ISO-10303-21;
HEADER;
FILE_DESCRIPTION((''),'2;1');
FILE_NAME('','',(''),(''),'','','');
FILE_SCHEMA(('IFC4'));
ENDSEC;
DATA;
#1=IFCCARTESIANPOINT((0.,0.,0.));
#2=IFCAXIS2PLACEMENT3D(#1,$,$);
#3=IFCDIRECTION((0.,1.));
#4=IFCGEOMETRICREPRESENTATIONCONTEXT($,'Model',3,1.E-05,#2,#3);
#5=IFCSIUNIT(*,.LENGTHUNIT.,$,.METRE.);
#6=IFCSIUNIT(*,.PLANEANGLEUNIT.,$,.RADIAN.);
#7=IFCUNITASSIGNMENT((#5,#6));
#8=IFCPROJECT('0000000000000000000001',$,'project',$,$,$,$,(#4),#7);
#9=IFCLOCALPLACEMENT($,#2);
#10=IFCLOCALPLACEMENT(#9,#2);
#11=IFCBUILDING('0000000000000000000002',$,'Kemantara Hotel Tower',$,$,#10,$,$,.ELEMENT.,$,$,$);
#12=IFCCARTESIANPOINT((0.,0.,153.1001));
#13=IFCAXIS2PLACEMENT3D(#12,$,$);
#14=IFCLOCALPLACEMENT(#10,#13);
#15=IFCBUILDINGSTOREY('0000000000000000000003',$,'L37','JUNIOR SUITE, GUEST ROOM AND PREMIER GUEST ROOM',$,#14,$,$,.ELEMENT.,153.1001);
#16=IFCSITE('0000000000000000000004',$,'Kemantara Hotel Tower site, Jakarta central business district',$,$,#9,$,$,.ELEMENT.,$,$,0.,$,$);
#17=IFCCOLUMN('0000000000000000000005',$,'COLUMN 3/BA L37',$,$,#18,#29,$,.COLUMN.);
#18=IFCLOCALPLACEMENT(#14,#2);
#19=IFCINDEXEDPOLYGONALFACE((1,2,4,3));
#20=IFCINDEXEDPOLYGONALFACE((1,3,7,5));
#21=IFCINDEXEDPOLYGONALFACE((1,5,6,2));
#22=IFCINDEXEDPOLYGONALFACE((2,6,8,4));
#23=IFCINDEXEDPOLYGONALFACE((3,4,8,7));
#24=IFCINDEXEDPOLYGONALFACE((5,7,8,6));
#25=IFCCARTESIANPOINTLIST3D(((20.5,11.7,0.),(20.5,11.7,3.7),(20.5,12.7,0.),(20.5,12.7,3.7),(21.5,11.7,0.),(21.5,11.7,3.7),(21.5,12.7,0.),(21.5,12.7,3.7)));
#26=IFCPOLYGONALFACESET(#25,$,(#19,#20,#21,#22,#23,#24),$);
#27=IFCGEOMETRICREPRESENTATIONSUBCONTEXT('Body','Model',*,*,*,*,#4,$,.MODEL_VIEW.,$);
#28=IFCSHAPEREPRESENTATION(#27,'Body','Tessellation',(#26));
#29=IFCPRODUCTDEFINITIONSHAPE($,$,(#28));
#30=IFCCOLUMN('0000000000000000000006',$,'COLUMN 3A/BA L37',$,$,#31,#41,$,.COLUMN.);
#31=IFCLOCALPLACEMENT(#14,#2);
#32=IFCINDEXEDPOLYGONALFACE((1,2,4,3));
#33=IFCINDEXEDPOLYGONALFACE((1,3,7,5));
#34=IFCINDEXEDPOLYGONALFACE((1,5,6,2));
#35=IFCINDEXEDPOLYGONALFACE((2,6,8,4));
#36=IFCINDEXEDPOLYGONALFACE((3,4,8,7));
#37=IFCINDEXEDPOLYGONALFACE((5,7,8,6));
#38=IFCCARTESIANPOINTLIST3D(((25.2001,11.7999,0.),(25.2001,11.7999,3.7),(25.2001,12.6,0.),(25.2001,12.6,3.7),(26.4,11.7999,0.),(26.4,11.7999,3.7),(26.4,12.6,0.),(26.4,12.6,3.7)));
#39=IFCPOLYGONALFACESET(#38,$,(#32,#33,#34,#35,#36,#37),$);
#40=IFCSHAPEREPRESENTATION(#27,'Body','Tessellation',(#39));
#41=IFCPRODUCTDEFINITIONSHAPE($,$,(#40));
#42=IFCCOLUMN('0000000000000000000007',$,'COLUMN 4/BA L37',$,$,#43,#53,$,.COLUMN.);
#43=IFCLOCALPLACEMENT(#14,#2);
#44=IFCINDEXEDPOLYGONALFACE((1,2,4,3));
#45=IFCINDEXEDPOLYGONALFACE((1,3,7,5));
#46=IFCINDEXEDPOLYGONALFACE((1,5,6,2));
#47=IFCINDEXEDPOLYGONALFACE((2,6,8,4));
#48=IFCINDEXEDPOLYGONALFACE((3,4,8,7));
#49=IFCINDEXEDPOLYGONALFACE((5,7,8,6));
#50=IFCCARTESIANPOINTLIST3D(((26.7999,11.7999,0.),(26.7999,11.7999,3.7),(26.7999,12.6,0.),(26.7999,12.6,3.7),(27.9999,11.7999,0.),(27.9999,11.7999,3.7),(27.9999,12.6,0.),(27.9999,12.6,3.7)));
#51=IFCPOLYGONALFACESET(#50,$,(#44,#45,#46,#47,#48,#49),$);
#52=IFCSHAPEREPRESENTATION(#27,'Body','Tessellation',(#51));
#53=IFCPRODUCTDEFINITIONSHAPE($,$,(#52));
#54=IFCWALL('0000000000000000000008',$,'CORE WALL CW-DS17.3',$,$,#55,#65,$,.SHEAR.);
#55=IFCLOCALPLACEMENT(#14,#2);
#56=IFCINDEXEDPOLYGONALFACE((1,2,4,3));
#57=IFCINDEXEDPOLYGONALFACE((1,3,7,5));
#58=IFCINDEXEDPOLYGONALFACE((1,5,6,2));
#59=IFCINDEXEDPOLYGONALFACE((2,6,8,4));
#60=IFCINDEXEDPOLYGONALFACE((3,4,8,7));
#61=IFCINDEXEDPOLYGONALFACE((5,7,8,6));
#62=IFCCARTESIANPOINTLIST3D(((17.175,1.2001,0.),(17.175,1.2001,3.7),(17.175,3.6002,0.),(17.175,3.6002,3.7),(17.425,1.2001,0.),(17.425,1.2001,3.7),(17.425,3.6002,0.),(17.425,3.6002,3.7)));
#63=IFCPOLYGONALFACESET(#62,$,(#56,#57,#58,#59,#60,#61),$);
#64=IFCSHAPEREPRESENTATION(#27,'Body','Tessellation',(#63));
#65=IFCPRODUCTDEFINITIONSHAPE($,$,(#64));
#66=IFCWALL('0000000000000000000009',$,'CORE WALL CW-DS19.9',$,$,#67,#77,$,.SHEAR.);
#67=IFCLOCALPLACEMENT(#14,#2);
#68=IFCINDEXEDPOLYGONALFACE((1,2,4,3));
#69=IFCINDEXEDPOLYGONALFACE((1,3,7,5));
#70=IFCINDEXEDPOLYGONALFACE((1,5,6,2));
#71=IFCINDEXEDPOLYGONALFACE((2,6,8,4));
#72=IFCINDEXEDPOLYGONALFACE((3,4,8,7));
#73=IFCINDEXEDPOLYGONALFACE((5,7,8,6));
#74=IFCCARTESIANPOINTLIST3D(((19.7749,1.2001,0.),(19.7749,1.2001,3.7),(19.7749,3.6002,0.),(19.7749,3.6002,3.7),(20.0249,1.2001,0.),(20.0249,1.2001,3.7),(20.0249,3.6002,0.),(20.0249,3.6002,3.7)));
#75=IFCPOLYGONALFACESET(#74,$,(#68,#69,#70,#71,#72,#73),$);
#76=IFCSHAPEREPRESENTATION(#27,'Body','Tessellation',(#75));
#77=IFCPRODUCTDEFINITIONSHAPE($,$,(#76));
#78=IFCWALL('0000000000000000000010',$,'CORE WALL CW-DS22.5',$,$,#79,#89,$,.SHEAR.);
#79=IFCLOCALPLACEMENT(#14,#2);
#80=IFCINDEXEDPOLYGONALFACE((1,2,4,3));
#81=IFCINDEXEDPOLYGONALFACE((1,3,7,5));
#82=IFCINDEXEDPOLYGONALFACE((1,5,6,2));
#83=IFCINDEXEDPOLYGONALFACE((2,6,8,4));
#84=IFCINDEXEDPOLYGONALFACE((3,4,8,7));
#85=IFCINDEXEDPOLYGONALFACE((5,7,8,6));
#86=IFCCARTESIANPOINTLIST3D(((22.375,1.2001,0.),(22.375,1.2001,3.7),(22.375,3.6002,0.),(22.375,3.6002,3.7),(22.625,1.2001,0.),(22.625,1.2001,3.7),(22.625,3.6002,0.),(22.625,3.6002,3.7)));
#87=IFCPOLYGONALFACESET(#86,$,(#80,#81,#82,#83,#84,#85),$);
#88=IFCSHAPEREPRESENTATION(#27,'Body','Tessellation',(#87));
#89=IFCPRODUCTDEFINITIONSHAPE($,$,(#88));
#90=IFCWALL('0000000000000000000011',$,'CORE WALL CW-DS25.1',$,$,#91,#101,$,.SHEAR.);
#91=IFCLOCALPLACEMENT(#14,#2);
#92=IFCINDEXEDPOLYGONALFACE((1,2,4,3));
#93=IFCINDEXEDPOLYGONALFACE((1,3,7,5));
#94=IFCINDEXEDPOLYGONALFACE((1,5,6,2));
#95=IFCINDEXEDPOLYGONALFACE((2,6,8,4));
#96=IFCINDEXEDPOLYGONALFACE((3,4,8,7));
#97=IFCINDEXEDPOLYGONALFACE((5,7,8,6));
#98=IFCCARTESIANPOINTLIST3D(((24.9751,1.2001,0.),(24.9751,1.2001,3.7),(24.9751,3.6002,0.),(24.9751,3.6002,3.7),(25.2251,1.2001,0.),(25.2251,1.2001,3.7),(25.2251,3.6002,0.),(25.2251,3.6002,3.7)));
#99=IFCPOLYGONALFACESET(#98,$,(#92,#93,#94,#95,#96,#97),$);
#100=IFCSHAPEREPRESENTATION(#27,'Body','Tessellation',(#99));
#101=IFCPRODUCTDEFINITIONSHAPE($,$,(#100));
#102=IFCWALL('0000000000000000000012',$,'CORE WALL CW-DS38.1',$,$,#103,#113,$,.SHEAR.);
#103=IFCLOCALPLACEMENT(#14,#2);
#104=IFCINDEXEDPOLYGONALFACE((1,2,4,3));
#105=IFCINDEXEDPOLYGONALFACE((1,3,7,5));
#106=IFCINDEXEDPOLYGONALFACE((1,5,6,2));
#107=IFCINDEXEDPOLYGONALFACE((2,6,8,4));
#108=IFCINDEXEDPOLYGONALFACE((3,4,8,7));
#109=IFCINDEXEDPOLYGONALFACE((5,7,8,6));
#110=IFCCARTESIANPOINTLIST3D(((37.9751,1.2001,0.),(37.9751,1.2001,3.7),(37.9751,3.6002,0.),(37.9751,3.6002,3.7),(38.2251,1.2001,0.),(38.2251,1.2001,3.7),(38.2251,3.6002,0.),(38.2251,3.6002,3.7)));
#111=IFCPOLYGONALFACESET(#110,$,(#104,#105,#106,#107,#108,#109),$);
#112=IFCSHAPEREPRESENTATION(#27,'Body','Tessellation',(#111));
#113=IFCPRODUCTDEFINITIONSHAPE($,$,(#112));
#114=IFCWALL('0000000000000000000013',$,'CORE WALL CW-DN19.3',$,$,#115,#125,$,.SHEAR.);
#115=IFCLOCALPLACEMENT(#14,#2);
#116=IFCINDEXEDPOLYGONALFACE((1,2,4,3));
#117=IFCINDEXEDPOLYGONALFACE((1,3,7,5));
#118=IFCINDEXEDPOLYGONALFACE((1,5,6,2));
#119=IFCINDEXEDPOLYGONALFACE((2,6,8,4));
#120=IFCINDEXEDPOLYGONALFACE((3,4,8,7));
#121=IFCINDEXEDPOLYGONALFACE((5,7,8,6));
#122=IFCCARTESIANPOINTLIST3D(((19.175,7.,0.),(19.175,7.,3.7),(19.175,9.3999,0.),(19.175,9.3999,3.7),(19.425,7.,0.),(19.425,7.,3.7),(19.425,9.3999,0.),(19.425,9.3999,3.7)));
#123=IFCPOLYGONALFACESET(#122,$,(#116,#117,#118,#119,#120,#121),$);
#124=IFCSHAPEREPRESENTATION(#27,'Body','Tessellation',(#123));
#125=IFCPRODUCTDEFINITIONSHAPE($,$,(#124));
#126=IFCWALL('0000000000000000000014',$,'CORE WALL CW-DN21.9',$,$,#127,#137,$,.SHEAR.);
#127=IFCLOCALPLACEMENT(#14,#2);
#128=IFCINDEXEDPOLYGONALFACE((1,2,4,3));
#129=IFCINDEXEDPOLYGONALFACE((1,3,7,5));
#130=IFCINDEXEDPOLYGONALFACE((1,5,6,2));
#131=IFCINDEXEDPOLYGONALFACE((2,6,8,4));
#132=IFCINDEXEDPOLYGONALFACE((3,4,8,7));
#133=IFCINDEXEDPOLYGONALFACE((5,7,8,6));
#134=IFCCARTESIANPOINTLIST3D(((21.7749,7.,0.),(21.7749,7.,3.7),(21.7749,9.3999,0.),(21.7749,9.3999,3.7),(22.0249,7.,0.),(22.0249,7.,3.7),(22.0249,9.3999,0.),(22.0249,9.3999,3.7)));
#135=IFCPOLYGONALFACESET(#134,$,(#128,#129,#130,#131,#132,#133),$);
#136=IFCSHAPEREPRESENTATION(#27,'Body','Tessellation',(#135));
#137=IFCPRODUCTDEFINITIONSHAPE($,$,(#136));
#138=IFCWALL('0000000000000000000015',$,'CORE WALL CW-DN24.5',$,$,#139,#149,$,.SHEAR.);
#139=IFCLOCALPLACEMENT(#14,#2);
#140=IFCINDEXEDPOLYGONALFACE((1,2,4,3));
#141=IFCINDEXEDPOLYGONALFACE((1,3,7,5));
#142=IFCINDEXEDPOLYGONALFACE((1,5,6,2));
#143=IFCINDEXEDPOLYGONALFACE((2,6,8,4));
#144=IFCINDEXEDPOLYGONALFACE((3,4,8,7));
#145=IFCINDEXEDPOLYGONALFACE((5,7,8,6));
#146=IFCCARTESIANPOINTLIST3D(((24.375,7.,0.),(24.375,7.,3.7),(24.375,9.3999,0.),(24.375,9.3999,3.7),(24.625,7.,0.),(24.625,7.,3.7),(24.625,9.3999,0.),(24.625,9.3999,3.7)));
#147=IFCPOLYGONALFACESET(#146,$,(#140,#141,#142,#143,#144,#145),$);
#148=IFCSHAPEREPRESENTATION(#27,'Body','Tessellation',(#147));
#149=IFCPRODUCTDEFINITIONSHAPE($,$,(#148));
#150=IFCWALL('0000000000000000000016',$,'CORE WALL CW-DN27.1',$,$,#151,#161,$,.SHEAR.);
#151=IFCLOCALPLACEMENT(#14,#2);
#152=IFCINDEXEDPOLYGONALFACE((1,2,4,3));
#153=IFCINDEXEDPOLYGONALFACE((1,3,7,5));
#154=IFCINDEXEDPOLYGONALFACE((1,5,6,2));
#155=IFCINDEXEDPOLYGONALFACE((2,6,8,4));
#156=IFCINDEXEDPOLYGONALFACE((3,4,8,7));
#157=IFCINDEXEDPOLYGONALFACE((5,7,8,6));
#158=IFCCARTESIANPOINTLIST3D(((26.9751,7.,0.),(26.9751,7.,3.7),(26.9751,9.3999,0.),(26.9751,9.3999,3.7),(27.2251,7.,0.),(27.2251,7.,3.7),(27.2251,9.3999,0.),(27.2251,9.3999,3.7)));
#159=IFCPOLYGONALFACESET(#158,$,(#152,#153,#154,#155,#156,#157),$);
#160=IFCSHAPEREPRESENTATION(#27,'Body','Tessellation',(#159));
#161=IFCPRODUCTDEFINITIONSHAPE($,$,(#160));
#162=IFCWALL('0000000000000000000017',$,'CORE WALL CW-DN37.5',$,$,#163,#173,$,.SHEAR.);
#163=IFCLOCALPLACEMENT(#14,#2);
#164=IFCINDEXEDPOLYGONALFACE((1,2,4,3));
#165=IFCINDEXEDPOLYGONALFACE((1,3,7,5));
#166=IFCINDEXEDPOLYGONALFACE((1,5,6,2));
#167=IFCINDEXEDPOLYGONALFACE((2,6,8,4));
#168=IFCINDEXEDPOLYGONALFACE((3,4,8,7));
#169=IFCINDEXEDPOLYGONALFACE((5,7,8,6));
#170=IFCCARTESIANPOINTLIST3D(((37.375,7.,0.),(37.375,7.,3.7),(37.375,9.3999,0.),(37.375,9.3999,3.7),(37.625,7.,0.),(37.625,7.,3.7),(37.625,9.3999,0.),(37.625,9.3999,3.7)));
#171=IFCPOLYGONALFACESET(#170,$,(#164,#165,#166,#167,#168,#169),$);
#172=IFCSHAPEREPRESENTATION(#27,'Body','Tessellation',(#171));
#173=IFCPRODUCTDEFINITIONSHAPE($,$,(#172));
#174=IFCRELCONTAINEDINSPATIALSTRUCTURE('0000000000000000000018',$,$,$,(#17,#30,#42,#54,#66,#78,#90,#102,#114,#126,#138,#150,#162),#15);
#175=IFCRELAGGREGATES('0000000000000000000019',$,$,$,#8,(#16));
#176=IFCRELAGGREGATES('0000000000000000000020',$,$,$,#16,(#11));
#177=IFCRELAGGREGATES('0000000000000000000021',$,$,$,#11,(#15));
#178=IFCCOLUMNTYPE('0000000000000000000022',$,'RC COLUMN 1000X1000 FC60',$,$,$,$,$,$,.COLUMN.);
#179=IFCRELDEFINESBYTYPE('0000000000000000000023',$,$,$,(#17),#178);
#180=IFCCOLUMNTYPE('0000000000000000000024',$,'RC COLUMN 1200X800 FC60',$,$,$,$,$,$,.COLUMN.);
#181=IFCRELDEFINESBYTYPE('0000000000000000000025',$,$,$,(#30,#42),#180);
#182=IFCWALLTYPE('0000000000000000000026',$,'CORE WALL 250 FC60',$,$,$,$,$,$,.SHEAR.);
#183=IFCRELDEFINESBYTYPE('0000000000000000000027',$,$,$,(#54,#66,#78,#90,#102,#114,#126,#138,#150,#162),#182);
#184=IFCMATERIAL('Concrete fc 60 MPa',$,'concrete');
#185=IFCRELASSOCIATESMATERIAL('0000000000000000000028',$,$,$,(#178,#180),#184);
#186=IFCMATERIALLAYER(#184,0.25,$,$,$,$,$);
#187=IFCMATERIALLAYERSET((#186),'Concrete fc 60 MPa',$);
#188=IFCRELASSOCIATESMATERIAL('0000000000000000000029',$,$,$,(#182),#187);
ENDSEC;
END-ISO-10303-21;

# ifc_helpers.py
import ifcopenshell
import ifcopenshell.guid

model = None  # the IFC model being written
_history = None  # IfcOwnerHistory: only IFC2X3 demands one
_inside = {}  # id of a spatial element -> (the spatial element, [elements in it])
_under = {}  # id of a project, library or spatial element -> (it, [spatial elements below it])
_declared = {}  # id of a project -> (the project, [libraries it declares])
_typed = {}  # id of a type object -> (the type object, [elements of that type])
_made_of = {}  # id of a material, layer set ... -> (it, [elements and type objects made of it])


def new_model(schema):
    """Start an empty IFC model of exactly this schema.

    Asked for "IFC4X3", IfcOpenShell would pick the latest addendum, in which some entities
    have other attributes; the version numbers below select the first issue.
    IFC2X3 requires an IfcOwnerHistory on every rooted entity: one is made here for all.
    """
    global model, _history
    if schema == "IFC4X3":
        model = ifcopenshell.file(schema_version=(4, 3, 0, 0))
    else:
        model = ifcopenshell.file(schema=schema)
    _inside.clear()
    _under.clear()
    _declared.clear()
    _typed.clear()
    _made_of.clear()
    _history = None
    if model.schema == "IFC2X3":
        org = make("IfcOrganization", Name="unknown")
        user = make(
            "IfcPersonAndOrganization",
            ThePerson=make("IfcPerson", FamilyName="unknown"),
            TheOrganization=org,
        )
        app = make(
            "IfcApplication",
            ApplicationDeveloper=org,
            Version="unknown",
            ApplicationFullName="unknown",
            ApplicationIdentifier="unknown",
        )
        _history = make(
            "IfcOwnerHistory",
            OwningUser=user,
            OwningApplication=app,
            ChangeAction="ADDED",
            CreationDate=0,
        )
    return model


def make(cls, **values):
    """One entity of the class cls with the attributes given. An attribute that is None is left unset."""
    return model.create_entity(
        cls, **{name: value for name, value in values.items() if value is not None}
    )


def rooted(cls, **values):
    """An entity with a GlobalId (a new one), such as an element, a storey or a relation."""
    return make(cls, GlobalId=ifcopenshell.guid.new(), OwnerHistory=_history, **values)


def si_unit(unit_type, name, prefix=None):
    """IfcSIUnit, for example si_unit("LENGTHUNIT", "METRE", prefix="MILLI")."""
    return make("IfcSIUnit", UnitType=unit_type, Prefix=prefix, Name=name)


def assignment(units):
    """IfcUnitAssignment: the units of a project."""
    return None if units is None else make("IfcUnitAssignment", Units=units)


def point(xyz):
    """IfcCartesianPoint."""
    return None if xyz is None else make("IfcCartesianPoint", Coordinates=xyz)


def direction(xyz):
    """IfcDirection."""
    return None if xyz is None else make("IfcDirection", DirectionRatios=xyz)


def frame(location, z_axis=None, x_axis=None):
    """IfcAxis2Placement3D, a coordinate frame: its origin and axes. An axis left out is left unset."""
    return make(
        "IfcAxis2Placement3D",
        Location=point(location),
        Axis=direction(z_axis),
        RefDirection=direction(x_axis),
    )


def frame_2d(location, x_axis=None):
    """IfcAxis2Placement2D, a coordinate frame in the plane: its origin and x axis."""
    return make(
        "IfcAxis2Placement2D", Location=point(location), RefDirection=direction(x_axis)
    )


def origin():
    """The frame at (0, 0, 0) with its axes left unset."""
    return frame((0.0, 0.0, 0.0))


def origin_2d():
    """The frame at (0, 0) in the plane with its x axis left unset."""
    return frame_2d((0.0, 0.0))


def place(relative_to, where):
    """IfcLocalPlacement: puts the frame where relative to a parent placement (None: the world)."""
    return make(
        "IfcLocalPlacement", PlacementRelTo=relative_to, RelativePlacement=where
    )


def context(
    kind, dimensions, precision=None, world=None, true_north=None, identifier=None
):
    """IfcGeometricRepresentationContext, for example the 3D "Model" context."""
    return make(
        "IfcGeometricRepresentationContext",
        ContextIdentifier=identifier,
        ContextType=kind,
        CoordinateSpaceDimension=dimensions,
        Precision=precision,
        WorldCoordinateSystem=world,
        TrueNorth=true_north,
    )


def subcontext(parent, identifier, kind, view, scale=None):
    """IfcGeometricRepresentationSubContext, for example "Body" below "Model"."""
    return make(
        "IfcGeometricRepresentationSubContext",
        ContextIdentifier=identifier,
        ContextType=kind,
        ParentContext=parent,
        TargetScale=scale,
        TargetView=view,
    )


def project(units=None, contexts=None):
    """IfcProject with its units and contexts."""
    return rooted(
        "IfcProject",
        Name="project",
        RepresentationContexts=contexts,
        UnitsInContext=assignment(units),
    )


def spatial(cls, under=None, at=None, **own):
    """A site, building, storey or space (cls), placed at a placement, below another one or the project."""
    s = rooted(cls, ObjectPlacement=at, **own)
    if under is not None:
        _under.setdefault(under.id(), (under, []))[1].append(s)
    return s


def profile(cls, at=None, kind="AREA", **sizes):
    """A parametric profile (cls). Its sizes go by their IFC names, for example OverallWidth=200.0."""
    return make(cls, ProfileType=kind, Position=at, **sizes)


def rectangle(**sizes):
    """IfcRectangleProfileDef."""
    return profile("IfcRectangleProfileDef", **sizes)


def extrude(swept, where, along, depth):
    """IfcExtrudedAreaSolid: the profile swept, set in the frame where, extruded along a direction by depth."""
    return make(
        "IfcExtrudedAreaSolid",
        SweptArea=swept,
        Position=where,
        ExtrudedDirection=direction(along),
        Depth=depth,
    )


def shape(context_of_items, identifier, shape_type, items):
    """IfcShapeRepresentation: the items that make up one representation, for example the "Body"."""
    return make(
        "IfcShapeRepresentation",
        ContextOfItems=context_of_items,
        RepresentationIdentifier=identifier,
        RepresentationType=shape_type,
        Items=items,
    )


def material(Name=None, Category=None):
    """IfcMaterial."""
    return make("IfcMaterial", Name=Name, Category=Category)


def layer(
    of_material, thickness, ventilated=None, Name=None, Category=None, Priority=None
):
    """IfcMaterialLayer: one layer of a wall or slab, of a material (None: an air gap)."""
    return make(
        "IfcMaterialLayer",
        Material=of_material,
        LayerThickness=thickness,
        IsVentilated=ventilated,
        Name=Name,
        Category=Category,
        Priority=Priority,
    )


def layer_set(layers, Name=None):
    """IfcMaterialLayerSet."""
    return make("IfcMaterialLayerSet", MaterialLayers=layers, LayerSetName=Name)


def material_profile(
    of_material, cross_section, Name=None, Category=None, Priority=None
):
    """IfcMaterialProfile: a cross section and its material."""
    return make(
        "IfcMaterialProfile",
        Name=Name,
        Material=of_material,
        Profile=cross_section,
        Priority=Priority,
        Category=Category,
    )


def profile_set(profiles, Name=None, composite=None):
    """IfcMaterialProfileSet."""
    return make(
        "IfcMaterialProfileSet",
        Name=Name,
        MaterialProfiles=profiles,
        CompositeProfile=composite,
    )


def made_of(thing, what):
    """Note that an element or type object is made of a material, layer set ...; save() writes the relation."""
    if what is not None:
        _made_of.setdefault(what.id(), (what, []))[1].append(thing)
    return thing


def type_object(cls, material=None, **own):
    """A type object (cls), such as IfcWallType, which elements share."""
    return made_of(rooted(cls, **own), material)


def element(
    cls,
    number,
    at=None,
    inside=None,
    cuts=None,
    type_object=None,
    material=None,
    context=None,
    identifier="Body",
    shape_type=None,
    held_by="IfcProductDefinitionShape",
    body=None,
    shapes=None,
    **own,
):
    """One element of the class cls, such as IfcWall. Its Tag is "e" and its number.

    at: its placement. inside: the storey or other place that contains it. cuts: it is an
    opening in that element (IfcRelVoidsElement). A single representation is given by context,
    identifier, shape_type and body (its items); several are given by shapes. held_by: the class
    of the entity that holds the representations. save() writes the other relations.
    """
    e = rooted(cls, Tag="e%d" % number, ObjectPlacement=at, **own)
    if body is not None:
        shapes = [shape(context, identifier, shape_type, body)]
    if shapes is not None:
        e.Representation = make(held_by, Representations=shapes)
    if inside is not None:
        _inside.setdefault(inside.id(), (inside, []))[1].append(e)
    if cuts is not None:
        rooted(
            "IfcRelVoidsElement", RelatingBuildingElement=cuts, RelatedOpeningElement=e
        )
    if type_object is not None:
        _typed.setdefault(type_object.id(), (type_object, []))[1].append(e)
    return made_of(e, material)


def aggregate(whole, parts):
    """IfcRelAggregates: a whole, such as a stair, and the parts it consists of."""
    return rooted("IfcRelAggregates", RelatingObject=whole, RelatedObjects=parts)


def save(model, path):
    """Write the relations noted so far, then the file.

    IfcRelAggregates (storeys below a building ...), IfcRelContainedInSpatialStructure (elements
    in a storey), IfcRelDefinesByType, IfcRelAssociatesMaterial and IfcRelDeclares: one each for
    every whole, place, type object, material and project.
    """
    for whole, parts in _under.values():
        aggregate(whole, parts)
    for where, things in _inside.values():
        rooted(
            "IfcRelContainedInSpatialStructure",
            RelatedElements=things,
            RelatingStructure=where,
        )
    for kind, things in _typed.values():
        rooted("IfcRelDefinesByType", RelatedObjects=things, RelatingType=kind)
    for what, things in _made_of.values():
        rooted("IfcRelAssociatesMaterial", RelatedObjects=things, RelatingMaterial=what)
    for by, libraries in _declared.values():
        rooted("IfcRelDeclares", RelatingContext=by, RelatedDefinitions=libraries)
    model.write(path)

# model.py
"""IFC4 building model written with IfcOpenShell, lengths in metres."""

from ifc_helpers import new_model, si_unit, direction, frame, frame_2d, origin, origin_2d, place, context, subcontext, project, spatial, rectangle, extrude, material, layer, layer_set, material_profile, profile_set, type_object, element, save


model = new_model("IFC4")

# Units and contexts
model_context = context("Model", 3, precision=1e-05, world=origin(), true_north=direction((0.0, 1.0)))
body_context = subcontext(model_context, "Body", "Model", "MODEL_VIEW")
ifc_project = project(units=[si_unit("LENGTHUNIT", "METRE"), si_unit("PLANEANGLEUNIT", "RADIAN")], contexts=[model_context])

# Site, building, storey
site_placement = place(None, origin())
site = spatial("IfcSite", under=ifc_project, at=site_placement, Name="Kemantara Hotel Tower site, Jakarta central business district", CompositionType="ELEMENT", RefElevation=0.0)
building_placement = place(site_placement, origin())
building = spatial("IfcBuilding", under=site, at=building_placement, Name="Kemantara Hotel Tower", CompositionType="ELEMENT")
storey_placement = place(building_placement, frame((0.0, 0.0, 153.1001)))
storey = spatial("IfcBuildingStorey", under=building, at=storey_placement, Name="L37", Description="JUNIOR SUITE, GUEST ROOM AND PREMIER GUEST ROOM", CompositionType="ELEMENT", Elevation=153.1001)

# Columns
ifc_material_1 = material(Name="Concrete fc 60 MPa", Category="concrete")
ifc_material_profile_1 = material_profile(ifc_material_1, rectangle(XDim=1.0, YDim=1.0, at=origin_2d()), Name="RC 1000X1000")
ifc_profile_set_1 = profile_set([ifc_material_profile_1], Name="Concrete fc 60 MPa")
column_type_1 = type_object("IfcColumnType", Name="RC COLUMN 1000X1000 FC60", PredefinedType="COLUMN", material=ifc_profile_set_1)
column_placement = place(storey_placement, frame((21.0, 12.2, 0.0), z_axis=(0.0, 0.0, 1.0), x_axis=(1.0, 0.0, 0.0)))
element("IfcColumn", 1, at=column_placement, inside=storey, type_object=column_type_1, Name="COLUMN 3/BA L37", PredefinedType="COLUMN", context=body_context, shape_type="SweptSolid", body=[
    extrude(rectangle(XDim=1.0, YDim=1.0, at=origin_2d()), origin(), (0.0, 0.0, 1.0), 3.7),
])
ifc_material_profile_2 = material_profile(ifc_material_1, rectangle(XDim=1.2, YDim=0.8, at=origin_2d()), Name="RC 1200X800")
ifc_profile_set_2 = profile_set([ifc_material_profile_2], Name="Concrete fc 60 MPa")
column_type_2 = type_object("IfcColumnType", Name="RC COLUMN 1200X800 FC60", PredefinedType="COLUMN", material=ifc_profile_set_2)
for number, where, z_axis, x_axis, name in (
    (2, (25.8, 12.2, 0.0), (0.0, 0.0, 1.0), (1.0, 0.0, 0.0), "COLUMN 3A/BA L37"),
    (3, (27.3999, 12.2, 0.0), (0.0, 0.0, 1.0), (1.0, 0.0, 0.0), "COLUMN 4/BA L37"),
):
    element("IfcColumn", number, at=place(storey_placement, frame(where, z_axis=z_axis, x_axis=x_axis)), inside=storey, type_object=column_type_2, Name=name, PredefinedType="COLUMN", context=body_context, shape_type="SweptSolid", body=[
        extrude(rectangle(XDim=1.2, YDim=0.8, at=origin_2d()), origin(), (0.0, 0.0, 1.0), 3.7),
    ])

# Walls
ifc_layer_1 = layer(ifc_material_1, 0.25)
ifc_layer_set_1 = layer_set([ifc_layer_1], Name="Concrete fc 60 MPa")
wall_type_1 = type_object("IfcWallType", Name="CORE WALL 250 FC60", PredefinedType="SHEAR", material=ifc_layer_set_1)
for number, where, z_axis, x_axis, name in (
    (4, (17.3, 1.2, 0.0), (0.0, 0.0, 1.0), (0.0, 1.0, 0.0), "CORE WALL CW-DS17.3"),
    (5, (19.8999, 1.2, 0.0), (0.0, 0.0, 1.0), (0.0, 1.0, 0.0), "CORE WALL CW-DS19.9"),
    (6, (22.5, 1.2, 0.0), (0.0, 0.0, 1.0), (0.0, 1.0, 0.0), "CORE WALL CW-DS22.5"),
    (7, (25.1001, 1.2, 0.0), (0.0, 0.0, 1.0), (0.0, 1.0, 0.0), "CORE WALL CW-DS25.1"),
    (8, (38.1001, 1.2, 0.0), (0.0, 0.0, 1.0), (0.0, 1.0, 0.0), "CORE WALL CW-DS38.1"),
):
    element("IfcWall", number, at=place(storey_placement, frame(where, z_axis=z_axis, x_axis=x_axis)), inside=storey, type_object=wall_type_1, Name=name, PredefinedType="SHEAR", context=body_context, shape_type="SweptSolid", body=[
        extrude(rectangle(XDim=2.4001, YDim=0.25, at=frame_2d((1.2002, 0.0))), origin(), (0.0, 0.0, 1.0), 3.7),
    ])
for number, where, z_axis, x_axis, name in (
    (9, (19.3, 7.0, 0.0), (0.0, 0.0, 1.0), (0.0, 1.0, 0.0), "CORE WALL CW-DN19.3"),
    (10, (21.8999, 7.0, 0.0), (0.0, 0.0, 1.0), (0.0, 1.0, 0.0), "CORE WALL CW-DN21.9"),
    (11, (24.5, 7.0, 0.0), (0.0, 0.0, 1.0), (0.0, 1.0, 0.0), "CORE WALL CW-DN24.5"),
    (12, (27.1001, 7.0, 0.0), (0.0, 0.0, 1.0), (0.0, 1.0, 0.0), "CORE WALL CW-DN27.1"),
    (13, (37.5, 7.0, 0.0), (0.0, 0.0, 1.0), (0.0, 1.0, 0.0), "CORE WALL CW-DN37.5"),
):
    element("IfcWall", number, at=place(storey_placement, frame(where, z_axis=z_axis, x_axis=x_axis)), inside=storey, type_object=wall_type_1, Name=name, PredefinedType="SHEAR", context=body_context, shape_type="SweptSolid", body=[
        extrude(rectangle(XDim=2.3999, YDim=0.25, at=frame_2d((1.2, 0.0))), origin(), (0.0, 0.0, 1.0), 3.7),
    ])

save(model, "model.ifc")
